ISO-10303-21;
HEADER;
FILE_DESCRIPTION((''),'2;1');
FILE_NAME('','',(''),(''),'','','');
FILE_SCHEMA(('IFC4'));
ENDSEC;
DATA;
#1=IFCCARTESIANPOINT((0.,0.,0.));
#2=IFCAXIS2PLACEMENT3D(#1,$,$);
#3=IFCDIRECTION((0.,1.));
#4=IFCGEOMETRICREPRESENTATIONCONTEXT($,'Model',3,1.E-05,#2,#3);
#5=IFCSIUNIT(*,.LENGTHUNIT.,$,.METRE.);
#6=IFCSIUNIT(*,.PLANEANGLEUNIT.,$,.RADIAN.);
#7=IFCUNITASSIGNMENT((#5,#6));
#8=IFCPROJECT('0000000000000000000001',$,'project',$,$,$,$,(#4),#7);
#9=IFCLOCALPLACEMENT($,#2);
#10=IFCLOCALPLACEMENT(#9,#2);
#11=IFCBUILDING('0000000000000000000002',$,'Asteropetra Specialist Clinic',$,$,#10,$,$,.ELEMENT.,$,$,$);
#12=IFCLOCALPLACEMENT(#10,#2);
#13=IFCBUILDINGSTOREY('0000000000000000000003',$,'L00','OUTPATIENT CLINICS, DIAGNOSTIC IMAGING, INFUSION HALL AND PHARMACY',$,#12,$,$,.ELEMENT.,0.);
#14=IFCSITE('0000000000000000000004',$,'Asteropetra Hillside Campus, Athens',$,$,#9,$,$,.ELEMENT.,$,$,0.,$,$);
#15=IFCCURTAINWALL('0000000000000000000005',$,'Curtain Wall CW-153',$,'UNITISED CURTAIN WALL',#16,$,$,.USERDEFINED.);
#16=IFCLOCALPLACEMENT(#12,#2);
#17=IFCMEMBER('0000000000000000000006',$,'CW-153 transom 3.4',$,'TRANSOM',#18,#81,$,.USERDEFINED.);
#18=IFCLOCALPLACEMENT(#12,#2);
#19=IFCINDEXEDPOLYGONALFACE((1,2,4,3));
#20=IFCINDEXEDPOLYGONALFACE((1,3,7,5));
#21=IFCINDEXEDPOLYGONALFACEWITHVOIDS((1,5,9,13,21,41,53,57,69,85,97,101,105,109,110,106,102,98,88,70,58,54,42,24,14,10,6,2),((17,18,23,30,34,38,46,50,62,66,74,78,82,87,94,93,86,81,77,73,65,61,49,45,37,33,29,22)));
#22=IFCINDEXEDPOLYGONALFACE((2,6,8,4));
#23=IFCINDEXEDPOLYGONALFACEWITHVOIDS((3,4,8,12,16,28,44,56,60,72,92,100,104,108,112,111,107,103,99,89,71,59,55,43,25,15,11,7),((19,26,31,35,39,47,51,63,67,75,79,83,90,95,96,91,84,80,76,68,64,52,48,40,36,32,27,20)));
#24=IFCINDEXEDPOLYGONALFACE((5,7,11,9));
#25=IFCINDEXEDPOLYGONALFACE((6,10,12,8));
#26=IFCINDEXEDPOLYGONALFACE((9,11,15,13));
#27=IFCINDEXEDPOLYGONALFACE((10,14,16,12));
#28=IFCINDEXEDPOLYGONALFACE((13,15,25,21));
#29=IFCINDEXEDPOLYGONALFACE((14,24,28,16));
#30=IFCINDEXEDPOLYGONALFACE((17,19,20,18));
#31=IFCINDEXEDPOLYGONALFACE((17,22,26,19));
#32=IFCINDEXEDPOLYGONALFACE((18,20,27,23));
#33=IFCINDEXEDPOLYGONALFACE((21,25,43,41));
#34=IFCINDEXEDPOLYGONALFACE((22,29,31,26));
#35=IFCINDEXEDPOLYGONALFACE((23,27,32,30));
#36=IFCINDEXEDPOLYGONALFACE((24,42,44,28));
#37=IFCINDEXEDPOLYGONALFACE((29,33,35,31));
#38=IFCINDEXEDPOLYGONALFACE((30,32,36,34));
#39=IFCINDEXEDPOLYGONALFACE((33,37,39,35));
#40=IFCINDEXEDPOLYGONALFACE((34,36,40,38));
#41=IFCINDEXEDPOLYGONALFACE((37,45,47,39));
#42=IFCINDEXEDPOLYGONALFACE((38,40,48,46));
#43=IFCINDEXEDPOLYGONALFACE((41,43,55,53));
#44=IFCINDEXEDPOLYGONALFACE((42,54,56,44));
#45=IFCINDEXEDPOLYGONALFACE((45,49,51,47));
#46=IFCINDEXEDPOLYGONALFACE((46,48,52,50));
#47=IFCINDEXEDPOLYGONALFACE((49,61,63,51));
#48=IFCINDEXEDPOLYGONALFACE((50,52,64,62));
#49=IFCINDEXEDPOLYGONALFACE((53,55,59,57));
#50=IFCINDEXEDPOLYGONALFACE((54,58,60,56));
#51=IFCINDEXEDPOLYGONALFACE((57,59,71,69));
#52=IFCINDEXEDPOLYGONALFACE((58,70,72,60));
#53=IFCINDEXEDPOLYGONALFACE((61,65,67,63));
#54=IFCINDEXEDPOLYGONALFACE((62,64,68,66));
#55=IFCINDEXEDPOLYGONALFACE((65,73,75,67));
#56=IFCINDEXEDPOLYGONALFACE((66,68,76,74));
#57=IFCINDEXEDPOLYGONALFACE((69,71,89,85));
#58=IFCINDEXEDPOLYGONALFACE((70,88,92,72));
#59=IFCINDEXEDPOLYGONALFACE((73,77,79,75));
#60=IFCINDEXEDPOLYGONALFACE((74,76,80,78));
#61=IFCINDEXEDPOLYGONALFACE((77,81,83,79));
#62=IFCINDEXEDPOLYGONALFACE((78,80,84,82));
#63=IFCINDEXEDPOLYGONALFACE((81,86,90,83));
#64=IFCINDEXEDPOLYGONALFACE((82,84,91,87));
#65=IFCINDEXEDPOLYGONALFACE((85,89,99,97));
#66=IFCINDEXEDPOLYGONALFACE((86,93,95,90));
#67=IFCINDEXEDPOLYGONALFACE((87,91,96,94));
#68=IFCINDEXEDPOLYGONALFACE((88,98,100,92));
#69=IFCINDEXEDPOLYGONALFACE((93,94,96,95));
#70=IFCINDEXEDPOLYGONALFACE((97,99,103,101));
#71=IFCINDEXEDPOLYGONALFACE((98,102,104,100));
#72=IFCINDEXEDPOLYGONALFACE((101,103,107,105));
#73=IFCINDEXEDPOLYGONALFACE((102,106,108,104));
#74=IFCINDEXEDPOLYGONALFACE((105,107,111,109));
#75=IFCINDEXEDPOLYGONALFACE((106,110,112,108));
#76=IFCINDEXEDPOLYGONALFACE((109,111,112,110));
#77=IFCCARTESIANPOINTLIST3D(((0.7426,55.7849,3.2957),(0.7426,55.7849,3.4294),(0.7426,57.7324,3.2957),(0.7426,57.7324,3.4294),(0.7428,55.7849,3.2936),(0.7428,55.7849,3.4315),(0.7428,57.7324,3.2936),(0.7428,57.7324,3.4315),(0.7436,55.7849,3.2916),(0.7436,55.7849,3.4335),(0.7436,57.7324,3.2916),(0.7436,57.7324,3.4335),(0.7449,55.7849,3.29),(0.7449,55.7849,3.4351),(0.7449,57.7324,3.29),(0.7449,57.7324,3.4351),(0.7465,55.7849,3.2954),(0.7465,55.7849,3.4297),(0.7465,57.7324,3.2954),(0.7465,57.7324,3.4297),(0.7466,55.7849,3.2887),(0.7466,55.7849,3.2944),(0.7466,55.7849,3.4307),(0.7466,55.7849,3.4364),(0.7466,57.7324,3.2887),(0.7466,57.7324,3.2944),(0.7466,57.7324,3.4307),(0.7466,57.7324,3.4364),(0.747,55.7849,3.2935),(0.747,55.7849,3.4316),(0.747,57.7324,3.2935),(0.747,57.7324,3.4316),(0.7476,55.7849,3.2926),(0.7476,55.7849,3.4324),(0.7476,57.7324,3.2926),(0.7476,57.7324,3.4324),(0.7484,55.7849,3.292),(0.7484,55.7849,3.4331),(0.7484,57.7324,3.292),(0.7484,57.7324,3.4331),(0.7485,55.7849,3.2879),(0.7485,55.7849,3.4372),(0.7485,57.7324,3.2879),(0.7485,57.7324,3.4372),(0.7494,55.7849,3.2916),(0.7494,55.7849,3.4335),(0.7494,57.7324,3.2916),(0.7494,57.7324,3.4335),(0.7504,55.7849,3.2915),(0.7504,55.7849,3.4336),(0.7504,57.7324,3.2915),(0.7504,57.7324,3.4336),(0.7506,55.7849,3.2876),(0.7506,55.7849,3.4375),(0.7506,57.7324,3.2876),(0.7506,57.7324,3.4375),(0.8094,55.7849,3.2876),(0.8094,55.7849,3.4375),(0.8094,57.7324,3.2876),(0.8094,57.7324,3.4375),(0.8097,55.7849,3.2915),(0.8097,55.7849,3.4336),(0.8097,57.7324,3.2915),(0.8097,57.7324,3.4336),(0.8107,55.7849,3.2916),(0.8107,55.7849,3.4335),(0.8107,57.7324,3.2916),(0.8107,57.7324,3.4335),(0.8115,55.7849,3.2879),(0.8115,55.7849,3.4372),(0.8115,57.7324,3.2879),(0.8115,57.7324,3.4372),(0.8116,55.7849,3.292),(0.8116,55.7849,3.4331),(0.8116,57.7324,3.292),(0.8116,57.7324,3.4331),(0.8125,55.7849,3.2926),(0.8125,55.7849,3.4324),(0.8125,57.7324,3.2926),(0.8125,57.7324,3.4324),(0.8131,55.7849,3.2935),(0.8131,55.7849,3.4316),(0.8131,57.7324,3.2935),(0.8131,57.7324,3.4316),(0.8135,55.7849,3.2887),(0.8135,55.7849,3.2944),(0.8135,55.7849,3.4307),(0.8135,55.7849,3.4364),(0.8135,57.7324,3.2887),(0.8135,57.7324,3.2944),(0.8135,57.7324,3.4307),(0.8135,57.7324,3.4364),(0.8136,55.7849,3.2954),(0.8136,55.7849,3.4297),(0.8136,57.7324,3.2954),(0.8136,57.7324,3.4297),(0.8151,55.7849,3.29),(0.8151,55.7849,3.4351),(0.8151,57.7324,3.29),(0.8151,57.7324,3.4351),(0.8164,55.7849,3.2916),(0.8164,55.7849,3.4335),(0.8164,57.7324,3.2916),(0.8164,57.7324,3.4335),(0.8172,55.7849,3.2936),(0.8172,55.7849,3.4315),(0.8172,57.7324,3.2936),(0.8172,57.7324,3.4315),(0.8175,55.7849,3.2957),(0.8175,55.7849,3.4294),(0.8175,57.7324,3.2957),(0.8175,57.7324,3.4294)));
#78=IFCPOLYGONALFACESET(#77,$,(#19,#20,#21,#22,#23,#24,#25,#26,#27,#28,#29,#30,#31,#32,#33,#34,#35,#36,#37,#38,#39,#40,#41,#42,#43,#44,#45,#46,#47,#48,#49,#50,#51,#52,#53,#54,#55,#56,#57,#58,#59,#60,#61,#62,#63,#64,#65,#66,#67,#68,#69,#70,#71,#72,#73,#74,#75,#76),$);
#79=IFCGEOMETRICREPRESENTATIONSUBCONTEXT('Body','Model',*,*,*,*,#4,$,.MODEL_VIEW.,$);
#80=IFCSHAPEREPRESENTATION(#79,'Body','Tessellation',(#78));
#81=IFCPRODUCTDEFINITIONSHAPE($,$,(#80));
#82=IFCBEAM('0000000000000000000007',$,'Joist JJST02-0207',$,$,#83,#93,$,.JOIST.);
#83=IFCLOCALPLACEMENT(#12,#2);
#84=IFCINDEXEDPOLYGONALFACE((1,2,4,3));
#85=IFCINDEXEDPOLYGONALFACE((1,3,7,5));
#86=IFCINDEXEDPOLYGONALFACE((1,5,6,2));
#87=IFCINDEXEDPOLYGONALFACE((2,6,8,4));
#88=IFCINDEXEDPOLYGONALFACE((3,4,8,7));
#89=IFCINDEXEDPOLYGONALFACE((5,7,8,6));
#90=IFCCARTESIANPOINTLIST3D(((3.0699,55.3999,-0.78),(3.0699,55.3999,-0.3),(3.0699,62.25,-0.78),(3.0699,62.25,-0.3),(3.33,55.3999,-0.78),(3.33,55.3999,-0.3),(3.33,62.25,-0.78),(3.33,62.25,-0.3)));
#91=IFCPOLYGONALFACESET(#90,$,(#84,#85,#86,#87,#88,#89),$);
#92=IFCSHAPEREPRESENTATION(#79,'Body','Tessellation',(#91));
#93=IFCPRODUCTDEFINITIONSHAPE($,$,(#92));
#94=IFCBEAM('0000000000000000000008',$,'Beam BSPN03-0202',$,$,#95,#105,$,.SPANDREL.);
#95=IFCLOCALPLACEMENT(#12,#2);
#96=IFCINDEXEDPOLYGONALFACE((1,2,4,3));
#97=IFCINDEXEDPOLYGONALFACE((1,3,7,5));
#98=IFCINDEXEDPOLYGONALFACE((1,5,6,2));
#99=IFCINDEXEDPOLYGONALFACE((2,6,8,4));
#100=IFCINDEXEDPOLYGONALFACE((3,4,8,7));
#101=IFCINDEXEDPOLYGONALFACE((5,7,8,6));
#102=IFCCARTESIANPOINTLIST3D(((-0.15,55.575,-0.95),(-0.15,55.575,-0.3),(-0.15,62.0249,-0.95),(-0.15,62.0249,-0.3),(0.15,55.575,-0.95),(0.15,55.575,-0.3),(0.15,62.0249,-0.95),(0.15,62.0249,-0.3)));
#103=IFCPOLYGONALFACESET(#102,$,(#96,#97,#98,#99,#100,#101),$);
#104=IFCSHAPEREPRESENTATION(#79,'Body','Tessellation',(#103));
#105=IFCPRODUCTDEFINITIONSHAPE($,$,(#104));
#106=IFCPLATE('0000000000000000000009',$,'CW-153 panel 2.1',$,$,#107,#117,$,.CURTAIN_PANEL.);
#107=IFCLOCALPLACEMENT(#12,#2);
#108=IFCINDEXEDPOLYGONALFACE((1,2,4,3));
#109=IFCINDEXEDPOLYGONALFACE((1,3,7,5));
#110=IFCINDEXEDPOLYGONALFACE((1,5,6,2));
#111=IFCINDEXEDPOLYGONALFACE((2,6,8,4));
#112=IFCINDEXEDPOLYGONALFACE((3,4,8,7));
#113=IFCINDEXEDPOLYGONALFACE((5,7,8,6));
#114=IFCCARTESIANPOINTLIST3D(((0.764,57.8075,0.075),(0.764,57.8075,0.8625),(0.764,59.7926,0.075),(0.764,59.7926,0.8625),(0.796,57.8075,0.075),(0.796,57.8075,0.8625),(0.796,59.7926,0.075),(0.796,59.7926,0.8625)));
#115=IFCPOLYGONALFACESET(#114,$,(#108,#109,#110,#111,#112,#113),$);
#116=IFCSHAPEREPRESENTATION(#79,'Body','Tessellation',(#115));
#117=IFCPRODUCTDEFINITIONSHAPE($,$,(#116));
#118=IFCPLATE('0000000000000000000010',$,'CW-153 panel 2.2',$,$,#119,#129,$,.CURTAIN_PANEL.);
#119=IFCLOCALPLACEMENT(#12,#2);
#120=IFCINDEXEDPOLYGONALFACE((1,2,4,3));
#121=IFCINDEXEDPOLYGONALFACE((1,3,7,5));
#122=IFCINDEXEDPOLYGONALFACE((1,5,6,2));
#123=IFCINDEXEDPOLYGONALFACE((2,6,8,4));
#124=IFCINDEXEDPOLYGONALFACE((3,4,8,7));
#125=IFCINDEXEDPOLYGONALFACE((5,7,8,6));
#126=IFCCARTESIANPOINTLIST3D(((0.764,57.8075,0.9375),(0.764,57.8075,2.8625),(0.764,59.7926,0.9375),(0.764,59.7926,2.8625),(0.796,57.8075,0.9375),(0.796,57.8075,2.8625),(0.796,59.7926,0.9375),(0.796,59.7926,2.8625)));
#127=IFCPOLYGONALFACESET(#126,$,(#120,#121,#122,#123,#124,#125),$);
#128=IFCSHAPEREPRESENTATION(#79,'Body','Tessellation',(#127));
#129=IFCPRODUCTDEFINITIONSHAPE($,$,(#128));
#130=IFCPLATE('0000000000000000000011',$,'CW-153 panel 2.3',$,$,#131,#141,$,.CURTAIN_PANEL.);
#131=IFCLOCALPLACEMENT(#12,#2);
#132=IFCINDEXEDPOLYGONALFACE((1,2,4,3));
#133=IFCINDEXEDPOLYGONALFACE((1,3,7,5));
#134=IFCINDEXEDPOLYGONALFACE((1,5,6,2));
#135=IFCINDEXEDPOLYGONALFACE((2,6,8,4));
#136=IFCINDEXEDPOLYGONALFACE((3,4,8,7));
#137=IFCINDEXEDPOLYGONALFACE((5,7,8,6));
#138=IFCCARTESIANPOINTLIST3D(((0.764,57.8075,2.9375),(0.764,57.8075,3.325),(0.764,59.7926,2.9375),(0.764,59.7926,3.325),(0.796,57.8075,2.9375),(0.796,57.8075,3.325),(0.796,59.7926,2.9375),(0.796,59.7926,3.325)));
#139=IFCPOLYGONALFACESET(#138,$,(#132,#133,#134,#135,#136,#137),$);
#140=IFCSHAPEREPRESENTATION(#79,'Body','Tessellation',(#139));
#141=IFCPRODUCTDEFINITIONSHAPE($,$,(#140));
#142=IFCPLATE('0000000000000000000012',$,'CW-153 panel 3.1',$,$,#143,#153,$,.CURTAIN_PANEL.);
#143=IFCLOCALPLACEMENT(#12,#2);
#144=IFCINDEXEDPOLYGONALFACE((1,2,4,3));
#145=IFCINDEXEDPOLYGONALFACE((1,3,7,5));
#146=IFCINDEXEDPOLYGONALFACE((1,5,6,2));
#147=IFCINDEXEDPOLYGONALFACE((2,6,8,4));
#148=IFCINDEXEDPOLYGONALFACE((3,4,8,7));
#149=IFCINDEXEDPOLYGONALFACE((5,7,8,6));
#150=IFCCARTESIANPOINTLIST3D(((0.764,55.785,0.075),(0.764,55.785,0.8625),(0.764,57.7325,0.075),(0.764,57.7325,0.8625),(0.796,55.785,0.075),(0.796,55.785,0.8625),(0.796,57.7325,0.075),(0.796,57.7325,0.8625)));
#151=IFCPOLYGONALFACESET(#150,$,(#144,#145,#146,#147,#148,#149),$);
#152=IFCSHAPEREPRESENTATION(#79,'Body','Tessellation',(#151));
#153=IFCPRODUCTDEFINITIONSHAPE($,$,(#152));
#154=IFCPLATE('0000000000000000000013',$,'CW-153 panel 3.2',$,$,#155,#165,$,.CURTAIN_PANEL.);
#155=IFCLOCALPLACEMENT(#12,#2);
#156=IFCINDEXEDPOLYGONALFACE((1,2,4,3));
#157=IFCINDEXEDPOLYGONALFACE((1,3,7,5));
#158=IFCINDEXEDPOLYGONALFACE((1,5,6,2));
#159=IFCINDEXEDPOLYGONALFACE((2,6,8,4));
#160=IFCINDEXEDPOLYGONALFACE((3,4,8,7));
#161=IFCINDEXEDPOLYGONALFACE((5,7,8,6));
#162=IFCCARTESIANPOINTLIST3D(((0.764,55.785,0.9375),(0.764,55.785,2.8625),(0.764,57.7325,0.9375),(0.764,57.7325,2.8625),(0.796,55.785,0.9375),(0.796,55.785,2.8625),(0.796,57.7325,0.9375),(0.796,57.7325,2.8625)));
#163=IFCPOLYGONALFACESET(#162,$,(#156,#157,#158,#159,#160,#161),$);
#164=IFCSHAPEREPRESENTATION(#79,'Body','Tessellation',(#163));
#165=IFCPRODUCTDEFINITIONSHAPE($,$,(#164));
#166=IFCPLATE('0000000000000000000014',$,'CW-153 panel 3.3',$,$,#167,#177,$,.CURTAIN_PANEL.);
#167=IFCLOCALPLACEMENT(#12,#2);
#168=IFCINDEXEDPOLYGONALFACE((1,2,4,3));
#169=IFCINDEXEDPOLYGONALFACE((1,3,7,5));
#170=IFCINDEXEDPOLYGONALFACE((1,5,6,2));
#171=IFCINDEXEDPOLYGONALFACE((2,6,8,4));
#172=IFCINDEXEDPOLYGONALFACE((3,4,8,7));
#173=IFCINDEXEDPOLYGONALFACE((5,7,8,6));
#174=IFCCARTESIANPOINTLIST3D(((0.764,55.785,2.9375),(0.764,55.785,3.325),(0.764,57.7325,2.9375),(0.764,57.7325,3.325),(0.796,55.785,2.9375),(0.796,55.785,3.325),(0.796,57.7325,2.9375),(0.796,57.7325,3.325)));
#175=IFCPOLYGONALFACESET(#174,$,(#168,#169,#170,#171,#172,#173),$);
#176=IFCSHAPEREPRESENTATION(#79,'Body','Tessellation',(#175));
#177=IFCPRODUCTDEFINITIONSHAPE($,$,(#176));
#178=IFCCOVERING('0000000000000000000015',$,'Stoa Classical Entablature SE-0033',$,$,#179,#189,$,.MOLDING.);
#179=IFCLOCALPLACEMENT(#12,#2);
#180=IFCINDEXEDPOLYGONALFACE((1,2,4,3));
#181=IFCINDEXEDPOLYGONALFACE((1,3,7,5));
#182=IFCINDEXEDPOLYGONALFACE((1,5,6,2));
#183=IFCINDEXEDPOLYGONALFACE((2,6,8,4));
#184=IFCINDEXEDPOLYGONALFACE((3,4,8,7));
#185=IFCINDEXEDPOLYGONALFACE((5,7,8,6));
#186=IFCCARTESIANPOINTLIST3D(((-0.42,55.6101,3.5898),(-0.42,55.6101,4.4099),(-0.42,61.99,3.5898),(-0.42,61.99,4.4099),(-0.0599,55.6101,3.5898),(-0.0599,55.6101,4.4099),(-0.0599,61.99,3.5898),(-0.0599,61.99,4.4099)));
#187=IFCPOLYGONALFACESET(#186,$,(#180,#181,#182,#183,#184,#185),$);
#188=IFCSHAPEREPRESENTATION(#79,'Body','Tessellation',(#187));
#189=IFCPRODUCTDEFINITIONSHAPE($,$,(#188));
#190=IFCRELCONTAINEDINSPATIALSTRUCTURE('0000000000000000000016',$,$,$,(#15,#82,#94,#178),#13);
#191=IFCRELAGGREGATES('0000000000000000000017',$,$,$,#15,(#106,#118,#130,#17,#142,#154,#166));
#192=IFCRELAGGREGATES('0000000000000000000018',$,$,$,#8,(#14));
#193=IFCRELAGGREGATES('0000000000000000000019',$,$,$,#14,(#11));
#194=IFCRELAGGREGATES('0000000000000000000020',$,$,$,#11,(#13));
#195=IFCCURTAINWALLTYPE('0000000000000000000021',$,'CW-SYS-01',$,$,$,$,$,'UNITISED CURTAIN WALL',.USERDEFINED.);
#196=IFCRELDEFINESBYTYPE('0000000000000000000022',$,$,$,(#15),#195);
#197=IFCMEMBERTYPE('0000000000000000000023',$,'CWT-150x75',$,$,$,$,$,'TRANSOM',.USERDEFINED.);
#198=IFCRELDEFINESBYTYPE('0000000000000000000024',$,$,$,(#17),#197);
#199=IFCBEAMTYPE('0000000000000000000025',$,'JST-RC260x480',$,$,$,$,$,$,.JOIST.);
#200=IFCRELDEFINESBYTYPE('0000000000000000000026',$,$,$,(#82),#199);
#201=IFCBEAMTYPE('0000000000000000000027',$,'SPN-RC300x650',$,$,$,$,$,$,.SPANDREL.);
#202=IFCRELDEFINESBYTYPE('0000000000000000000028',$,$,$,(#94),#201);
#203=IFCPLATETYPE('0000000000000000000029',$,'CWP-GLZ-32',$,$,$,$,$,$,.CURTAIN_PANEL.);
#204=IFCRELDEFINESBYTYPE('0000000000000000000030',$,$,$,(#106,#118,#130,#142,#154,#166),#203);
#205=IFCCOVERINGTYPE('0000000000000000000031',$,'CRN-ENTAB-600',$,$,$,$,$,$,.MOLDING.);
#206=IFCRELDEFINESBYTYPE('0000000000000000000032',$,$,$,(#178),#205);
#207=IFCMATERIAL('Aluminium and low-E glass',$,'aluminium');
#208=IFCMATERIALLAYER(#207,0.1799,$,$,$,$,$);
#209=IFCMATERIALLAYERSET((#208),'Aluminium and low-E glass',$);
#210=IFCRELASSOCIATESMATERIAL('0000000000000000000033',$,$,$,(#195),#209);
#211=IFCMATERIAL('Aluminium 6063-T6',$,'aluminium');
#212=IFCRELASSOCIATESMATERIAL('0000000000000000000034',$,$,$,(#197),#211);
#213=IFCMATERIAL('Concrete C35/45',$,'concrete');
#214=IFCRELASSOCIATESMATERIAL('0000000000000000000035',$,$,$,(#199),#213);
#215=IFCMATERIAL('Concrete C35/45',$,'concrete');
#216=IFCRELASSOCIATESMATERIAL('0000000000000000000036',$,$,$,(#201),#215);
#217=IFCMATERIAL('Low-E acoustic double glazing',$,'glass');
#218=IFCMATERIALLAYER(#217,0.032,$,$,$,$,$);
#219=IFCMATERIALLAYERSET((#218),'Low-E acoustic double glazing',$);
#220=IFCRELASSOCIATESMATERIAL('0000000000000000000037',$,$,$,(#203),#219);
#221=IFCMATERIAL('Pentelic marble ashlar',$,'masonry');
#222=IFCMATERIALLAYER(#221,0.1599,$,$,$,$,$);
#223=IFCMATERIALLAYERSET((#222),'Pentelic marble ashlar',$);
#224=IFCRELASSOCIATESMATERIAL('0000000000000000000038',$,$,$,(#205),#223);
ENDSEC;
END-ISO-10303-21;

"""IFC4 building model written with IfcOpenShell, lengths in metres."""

from ifc_helpers import new_model, si_unit, direction, frame, origin, origin_2d, place, context, subcontext, project, spatial, rectangle, hollow_rectangle, extrude, material, layer, layer_set, material_profile, profile_set, type_object, element, aggregate, save


model = new_model("IFC4")

# Units and contexts
model_context = context("Model", 3, precision=1e-05, world=origin(), true_north=direction((0.0, 1.0)))
body_context = subcontext(model_context, "Body", "Model", "MODEL_VIEW")
ifc_project = project(units=[si_unit("LENGTHUNIT", "METRE"), si_unit("PLANEANGLEUNIT", "RADIAN")], contexts=[model_context])

# Site, building, storey
site_placement = place(None, origin())
site = spatial("IfcSite", under=ifc_project, at=site_placement, Name="Asteropetra Hillside Campus, Athens", CompositionType="ELEMENT", RefElevation=0.0)
building_placement = place(site_placement, origin())
building = spatial("IfcBuilding", under=site, at=building_placement, Name="Asteropetra Specialist Clinic", CompositionType="ELEMENT")
storey_placement = place(building_placement, origin())
storey = spatial("IfcBuildingStorey", under=building, at=storey_placement, Name="L00", Description="OUTPATIENT CLINICS, DIAGNOSTIC IMAGING, INFUSION HALL AND PHARMACY", CompositionType="ELEMENT", Elevation=0.0)

# Curtain wall, member
ifc_material_1 = material(Name="Aluminium and low-E glass", Category="aluminium")
ifc_layer_1 = layer(ifc_material_1, 0.1799)
ifc_layer_set_1 = layer_set([ifc_layer_1], Name="Aluminium and low-E glass")
curtain_wall_type = type_object("IfcCurtainWallType", Name="CW-SYS-01", ElementType="UNITISED CURTAIN WALL", PredefinedType="USERDEFINED", material=ifc_layer_set_1)
curtain_wall_placement = place(storey_placement, origin())
curtain_wall = element("IfcCurtainWall", 1, at=curtain_wall_placement, inside=storey, type_object=curtain_wall_type, Name="Curtain Wall CW-153", ObjectType="UNITISED CURTAIN WALL", PredefinedType="USERDEFINED")
ifc_material_2 = material(Name="Aluminium 6063-T6", Category="aluminium")
ifc_material_profile_1 = material_profile(ifc_material_2, hollow_rectangle(XDim=0.075, YDim=0.1499, WallThickness=0.0039, InnerFilletRadius=0.0039, OuterFilletRadius=0.0081, at=origin_2d()), Name="TRN 150x75x4.0")
ifc_profile_set_1 = profile_set([ifc_material_profile_1], Name="Aluminium 6063-T6")
member_type_1 = type_object("IfcMemberType", Name="CWT-150x75", ElementType="TRANSOM", PredefinedType="USERDEFINED", material=ifc_profile_set_1)
member_1_placement = place(storey_placement, frame((0.78, 57.7324, 3.3625), z_axis=(0.0, -1.0, 0.0), x_axis=(1.0, 0.0, 0.0)))
member_1 = element("IfcMember", 2, at=member_1_placement, type_object=member_type_1, Name="CW-153 transom 3.4", ObjectType="TRANSOM", PredefinedType="USERDEFINED", context=body_context, shape_type="SweptSolid", body=[
    extrude(hollow_rectangle(XDim=0.075, YDim=0.1499, WallThickness=0.0039, InnerFilletRadius=0.0039, OuterFilletRadius=0.0081, at=origin_2d()), origin(), (0.0, 0.0, 1.0), 1.9475),
])

# Beams
ifc_material_3 = material(Name="Concrete C35/45", Category="concrete")
ifc_material_profile_2 = material_profile(ifc_material_3, rectangle(XDim=0.26, YDim=0.48, at=origin_2d()), Name="RCJ 260x480")
ifc_profile_set_2 = profile_set([ifc_material_profile_2], Name="Concrete C35/45")
beam_type_1 = type_object("IfcBeamType", Name="JST-RC260x480", PredefinedType="JOIST", material=ifc_profile_set_2)
beam_1_placement = place(storey_placement, frame((3.2, 55.3999, -0.54), z_axis=(0.0, 1.0, 0.0), x_axis=(-1.0, 0.0, 0.0)))
element("IfcBeam", 3, at=beam_1_placement, inside=storey, type_object=beam_type_1, Name="Joist JJST02-0207", PredefinedType="JOIST", context=body_context, shape_type="SweptSolid", body=[
    extrude(rectangle(XDim=0.26, YDim=0.48, at=origin_2d()), origin(), (0.0, 0.0, 1.0), 6.8501),
])
ifc_material_4 = material(Name="Concrete C35/45", Category="concrete")
ifc_material_profile_3 = material_profile(ifc_material_4, rectangle(XDim=0.3, YDim=0.6499, at=origin_2d()), Name="RCS 300x650")
ifc_profile_set_3 = profile_set([ifc_material_profile_3], Name="Concrete C35/45")
beam_type_2 = type_object("IfcBeamType", Name="SPN-RC300x650", PredefinedType="SPANDREL", material=ifc_profile_set_3)
beam_2_placement = place(storey_placement, frame((0.0, 55.575, -0.625), z_axis=(0.0, 1.0, 0.0), x_axis=(-1.0, 0.0, 0.0)))
element("IfcBeam", 4, at=beam_2_placement, inside=storey, type_object=beam_type_2, Name="Beam BSPN03-0202", PredefinedType="SPANDREL", context=body_context, shape_type="SweptSolid", body=[
    extrude(rectangle(XDim=0.3, YDim=0.6499, at=origin_2d()), origin(), (0.0, 0.0, 1.0), 6.45),
])

# Plates
ifc_material_5 = material(Name="Low-E acoustic double glazing", Category="glass")
ifc_layer_2 = layer(ifc_material_5, 0.032)
ifc_layer_set_2 = layer_set([ifc_layer_2], Name="Low-E acoustic double glazing")
plate_type = type_object("IfcPlateType", Name="CWP-GLZ-32", PredefinedType="CURTAIN_PANEL", material=ifc_layer_set_2)
plate_1_placement = place(storey_placement, frame((0.78, 58.8, 0.075), z_axis=(0.0, 0.0, 1.0), x_axis=(0.0, -1.0, 0.0)))
plate_1 = element("IfcPlate", 5, at=plate_1_placement, type_object=plate_type, Name="CW-153 panel 2.1", PredefinedType="CURTAIN_PANEL", context=body_context, shape_type="SweptSolid", body=[
    extrude(rectangle(XDim=1.9851, YDim=0.032, at=origin_2d()), origin(), (0.0, 0.0, 1.0), 0.7876),
])
plate_2_placement = place(storey_placement, frame((0.78, 58.8, 0.9375), z_axis=(0.0, 0.0, 1.0), x_axis=(0.0, -1.0, 0.0)))
plate_2 = element("IfcPlate", 6, at=plate_2_placement, type_object=plate_type, Name="CW-153 panel 2.2", PredefinedType="CURTAIN_PANEL", context=body_context, shape_type="SweptSolid", body=[
    extrude(rectangle(XDim=1.9851, YDim=0.032, at=origin_2d()), origin(), (0.0, 0.0, 1.0), 1.925),
])
plate_3_placement = place(storey_placement, frame((0.78, 58.8, 2.9375), z_axis=(0.0, 0.0, 1.0), x_axis=(0.0, -1.0, 0.0)))
plate_3 = element("IfcPlate", 7, at=plate_3_placement, type_object=plate_type, Name="CW-153 panel 2.3", PredefinedType="CURTAIN_PANEL", context=body_context, shape_type="SweptSolid", body=[
    extrude(rectangle(XDim=1.9851, YDim=0.032, at=origin_2d()), origin(), (0.0, 0.0, 1.0), 0.3875),
])
plate_4_placement = place(storey_placement, frame((0.78, 56.7588, 0.075), z_axis=(0.0, 0.0, 1.0), x_axis=(0.0, -1.0, 0.0)))
plate_4 = element("IfcPlate", 8, at=plate_4_placement, type_object=plate_type, Name="CW-153 panel 3.1", PredefinedType="CURTAIN_PANEL", context=body_context, shape_type="SweptSolid", body=[
    extrude(rectangle(XDim=1.9475, YDim=0.032, at=origin_2d()), origin(), (0.0, 0.0, 1.0), 0.7876),
])
plate_5_placement = place(storey_placement, frame((0.78, 56.7588, 0.9375), z_axis=(0.0, 0.0, 1.0), x_axis=(0.0, -1.0, 0.0)))
plate_5 = element("IfcPlate", 9, at=plate_5_placement, type_object=plate_type, Name="CW-153 panel 3.2", PredefinedType="CURTAIN_PANEL", context=body_context, shape_type="SweptSolid", body=[
    extrude(rectangle(XDim=1.9475, YDim=0.032, at=origin_2d()), origin(), (0.0, 0.0, 1.0), 1.925),
])
plate_6_placement = place(storey_placement, frame((0.78, 56.7588, 2.9375), z_axis=(0.0, 0.0, 1.0), x_axis=(0.0, -1.0, 0.0)))
plate_6 = element("IfcPlate", 10, at=plate_6_placement, type_object=plate_type, Name="CW-153 panel 3.3", PredefinedType="CURTAIN_PANEL", context=body_context, shape_type="SweptSolid", body=[
    extrude(rectangle(XDim=1.9475, YDim=0.032, at=origin_2d()), origin(), (0.0, 0.0, 1.0), 0.3875),
])
aggregate(curtain_wall, [plate_1, plate_2, plate_3, member_1, plate_4, plate_5, plate_6])

# Covering
ifc_material_6 = material(Name="Pentelic marble ashlar", Category="masonry")
ifc_layer_3 = layer(ifc_material_6, 0.1599)
ifc_layer_set_3 = layer_set([ifc_layer_3], Name="Pentelic marble ashlar")
covering_type = type_object("IfcCoveringType", Name="CRN-ENTAB-600", PredefinedType="MOLDING", material=ifc_layer_set_3)
covering_1_placement = place(storey_placement, frame((-0.24, 58.8, 3.5898), z_axis=(0.0, 0.0, 1.0), x_axis=(1.0, 0.0, 0.0)))
element("IfcCovering", 11, at=covering_1_placement, inside=storey, type_object=covering_type, Name="Stoa Classical Entablature SE-0033", PredefinedType="MOLDING", context=body_context, shape_type="SweptSolid", body=[
    extrude(rectangle(XDim=0.3601, YDim=6.3799, at=origin_2d()), origin(), (0.0, 0.0, 1.0), 0.8201),
])

save(model, "model.ifc")
